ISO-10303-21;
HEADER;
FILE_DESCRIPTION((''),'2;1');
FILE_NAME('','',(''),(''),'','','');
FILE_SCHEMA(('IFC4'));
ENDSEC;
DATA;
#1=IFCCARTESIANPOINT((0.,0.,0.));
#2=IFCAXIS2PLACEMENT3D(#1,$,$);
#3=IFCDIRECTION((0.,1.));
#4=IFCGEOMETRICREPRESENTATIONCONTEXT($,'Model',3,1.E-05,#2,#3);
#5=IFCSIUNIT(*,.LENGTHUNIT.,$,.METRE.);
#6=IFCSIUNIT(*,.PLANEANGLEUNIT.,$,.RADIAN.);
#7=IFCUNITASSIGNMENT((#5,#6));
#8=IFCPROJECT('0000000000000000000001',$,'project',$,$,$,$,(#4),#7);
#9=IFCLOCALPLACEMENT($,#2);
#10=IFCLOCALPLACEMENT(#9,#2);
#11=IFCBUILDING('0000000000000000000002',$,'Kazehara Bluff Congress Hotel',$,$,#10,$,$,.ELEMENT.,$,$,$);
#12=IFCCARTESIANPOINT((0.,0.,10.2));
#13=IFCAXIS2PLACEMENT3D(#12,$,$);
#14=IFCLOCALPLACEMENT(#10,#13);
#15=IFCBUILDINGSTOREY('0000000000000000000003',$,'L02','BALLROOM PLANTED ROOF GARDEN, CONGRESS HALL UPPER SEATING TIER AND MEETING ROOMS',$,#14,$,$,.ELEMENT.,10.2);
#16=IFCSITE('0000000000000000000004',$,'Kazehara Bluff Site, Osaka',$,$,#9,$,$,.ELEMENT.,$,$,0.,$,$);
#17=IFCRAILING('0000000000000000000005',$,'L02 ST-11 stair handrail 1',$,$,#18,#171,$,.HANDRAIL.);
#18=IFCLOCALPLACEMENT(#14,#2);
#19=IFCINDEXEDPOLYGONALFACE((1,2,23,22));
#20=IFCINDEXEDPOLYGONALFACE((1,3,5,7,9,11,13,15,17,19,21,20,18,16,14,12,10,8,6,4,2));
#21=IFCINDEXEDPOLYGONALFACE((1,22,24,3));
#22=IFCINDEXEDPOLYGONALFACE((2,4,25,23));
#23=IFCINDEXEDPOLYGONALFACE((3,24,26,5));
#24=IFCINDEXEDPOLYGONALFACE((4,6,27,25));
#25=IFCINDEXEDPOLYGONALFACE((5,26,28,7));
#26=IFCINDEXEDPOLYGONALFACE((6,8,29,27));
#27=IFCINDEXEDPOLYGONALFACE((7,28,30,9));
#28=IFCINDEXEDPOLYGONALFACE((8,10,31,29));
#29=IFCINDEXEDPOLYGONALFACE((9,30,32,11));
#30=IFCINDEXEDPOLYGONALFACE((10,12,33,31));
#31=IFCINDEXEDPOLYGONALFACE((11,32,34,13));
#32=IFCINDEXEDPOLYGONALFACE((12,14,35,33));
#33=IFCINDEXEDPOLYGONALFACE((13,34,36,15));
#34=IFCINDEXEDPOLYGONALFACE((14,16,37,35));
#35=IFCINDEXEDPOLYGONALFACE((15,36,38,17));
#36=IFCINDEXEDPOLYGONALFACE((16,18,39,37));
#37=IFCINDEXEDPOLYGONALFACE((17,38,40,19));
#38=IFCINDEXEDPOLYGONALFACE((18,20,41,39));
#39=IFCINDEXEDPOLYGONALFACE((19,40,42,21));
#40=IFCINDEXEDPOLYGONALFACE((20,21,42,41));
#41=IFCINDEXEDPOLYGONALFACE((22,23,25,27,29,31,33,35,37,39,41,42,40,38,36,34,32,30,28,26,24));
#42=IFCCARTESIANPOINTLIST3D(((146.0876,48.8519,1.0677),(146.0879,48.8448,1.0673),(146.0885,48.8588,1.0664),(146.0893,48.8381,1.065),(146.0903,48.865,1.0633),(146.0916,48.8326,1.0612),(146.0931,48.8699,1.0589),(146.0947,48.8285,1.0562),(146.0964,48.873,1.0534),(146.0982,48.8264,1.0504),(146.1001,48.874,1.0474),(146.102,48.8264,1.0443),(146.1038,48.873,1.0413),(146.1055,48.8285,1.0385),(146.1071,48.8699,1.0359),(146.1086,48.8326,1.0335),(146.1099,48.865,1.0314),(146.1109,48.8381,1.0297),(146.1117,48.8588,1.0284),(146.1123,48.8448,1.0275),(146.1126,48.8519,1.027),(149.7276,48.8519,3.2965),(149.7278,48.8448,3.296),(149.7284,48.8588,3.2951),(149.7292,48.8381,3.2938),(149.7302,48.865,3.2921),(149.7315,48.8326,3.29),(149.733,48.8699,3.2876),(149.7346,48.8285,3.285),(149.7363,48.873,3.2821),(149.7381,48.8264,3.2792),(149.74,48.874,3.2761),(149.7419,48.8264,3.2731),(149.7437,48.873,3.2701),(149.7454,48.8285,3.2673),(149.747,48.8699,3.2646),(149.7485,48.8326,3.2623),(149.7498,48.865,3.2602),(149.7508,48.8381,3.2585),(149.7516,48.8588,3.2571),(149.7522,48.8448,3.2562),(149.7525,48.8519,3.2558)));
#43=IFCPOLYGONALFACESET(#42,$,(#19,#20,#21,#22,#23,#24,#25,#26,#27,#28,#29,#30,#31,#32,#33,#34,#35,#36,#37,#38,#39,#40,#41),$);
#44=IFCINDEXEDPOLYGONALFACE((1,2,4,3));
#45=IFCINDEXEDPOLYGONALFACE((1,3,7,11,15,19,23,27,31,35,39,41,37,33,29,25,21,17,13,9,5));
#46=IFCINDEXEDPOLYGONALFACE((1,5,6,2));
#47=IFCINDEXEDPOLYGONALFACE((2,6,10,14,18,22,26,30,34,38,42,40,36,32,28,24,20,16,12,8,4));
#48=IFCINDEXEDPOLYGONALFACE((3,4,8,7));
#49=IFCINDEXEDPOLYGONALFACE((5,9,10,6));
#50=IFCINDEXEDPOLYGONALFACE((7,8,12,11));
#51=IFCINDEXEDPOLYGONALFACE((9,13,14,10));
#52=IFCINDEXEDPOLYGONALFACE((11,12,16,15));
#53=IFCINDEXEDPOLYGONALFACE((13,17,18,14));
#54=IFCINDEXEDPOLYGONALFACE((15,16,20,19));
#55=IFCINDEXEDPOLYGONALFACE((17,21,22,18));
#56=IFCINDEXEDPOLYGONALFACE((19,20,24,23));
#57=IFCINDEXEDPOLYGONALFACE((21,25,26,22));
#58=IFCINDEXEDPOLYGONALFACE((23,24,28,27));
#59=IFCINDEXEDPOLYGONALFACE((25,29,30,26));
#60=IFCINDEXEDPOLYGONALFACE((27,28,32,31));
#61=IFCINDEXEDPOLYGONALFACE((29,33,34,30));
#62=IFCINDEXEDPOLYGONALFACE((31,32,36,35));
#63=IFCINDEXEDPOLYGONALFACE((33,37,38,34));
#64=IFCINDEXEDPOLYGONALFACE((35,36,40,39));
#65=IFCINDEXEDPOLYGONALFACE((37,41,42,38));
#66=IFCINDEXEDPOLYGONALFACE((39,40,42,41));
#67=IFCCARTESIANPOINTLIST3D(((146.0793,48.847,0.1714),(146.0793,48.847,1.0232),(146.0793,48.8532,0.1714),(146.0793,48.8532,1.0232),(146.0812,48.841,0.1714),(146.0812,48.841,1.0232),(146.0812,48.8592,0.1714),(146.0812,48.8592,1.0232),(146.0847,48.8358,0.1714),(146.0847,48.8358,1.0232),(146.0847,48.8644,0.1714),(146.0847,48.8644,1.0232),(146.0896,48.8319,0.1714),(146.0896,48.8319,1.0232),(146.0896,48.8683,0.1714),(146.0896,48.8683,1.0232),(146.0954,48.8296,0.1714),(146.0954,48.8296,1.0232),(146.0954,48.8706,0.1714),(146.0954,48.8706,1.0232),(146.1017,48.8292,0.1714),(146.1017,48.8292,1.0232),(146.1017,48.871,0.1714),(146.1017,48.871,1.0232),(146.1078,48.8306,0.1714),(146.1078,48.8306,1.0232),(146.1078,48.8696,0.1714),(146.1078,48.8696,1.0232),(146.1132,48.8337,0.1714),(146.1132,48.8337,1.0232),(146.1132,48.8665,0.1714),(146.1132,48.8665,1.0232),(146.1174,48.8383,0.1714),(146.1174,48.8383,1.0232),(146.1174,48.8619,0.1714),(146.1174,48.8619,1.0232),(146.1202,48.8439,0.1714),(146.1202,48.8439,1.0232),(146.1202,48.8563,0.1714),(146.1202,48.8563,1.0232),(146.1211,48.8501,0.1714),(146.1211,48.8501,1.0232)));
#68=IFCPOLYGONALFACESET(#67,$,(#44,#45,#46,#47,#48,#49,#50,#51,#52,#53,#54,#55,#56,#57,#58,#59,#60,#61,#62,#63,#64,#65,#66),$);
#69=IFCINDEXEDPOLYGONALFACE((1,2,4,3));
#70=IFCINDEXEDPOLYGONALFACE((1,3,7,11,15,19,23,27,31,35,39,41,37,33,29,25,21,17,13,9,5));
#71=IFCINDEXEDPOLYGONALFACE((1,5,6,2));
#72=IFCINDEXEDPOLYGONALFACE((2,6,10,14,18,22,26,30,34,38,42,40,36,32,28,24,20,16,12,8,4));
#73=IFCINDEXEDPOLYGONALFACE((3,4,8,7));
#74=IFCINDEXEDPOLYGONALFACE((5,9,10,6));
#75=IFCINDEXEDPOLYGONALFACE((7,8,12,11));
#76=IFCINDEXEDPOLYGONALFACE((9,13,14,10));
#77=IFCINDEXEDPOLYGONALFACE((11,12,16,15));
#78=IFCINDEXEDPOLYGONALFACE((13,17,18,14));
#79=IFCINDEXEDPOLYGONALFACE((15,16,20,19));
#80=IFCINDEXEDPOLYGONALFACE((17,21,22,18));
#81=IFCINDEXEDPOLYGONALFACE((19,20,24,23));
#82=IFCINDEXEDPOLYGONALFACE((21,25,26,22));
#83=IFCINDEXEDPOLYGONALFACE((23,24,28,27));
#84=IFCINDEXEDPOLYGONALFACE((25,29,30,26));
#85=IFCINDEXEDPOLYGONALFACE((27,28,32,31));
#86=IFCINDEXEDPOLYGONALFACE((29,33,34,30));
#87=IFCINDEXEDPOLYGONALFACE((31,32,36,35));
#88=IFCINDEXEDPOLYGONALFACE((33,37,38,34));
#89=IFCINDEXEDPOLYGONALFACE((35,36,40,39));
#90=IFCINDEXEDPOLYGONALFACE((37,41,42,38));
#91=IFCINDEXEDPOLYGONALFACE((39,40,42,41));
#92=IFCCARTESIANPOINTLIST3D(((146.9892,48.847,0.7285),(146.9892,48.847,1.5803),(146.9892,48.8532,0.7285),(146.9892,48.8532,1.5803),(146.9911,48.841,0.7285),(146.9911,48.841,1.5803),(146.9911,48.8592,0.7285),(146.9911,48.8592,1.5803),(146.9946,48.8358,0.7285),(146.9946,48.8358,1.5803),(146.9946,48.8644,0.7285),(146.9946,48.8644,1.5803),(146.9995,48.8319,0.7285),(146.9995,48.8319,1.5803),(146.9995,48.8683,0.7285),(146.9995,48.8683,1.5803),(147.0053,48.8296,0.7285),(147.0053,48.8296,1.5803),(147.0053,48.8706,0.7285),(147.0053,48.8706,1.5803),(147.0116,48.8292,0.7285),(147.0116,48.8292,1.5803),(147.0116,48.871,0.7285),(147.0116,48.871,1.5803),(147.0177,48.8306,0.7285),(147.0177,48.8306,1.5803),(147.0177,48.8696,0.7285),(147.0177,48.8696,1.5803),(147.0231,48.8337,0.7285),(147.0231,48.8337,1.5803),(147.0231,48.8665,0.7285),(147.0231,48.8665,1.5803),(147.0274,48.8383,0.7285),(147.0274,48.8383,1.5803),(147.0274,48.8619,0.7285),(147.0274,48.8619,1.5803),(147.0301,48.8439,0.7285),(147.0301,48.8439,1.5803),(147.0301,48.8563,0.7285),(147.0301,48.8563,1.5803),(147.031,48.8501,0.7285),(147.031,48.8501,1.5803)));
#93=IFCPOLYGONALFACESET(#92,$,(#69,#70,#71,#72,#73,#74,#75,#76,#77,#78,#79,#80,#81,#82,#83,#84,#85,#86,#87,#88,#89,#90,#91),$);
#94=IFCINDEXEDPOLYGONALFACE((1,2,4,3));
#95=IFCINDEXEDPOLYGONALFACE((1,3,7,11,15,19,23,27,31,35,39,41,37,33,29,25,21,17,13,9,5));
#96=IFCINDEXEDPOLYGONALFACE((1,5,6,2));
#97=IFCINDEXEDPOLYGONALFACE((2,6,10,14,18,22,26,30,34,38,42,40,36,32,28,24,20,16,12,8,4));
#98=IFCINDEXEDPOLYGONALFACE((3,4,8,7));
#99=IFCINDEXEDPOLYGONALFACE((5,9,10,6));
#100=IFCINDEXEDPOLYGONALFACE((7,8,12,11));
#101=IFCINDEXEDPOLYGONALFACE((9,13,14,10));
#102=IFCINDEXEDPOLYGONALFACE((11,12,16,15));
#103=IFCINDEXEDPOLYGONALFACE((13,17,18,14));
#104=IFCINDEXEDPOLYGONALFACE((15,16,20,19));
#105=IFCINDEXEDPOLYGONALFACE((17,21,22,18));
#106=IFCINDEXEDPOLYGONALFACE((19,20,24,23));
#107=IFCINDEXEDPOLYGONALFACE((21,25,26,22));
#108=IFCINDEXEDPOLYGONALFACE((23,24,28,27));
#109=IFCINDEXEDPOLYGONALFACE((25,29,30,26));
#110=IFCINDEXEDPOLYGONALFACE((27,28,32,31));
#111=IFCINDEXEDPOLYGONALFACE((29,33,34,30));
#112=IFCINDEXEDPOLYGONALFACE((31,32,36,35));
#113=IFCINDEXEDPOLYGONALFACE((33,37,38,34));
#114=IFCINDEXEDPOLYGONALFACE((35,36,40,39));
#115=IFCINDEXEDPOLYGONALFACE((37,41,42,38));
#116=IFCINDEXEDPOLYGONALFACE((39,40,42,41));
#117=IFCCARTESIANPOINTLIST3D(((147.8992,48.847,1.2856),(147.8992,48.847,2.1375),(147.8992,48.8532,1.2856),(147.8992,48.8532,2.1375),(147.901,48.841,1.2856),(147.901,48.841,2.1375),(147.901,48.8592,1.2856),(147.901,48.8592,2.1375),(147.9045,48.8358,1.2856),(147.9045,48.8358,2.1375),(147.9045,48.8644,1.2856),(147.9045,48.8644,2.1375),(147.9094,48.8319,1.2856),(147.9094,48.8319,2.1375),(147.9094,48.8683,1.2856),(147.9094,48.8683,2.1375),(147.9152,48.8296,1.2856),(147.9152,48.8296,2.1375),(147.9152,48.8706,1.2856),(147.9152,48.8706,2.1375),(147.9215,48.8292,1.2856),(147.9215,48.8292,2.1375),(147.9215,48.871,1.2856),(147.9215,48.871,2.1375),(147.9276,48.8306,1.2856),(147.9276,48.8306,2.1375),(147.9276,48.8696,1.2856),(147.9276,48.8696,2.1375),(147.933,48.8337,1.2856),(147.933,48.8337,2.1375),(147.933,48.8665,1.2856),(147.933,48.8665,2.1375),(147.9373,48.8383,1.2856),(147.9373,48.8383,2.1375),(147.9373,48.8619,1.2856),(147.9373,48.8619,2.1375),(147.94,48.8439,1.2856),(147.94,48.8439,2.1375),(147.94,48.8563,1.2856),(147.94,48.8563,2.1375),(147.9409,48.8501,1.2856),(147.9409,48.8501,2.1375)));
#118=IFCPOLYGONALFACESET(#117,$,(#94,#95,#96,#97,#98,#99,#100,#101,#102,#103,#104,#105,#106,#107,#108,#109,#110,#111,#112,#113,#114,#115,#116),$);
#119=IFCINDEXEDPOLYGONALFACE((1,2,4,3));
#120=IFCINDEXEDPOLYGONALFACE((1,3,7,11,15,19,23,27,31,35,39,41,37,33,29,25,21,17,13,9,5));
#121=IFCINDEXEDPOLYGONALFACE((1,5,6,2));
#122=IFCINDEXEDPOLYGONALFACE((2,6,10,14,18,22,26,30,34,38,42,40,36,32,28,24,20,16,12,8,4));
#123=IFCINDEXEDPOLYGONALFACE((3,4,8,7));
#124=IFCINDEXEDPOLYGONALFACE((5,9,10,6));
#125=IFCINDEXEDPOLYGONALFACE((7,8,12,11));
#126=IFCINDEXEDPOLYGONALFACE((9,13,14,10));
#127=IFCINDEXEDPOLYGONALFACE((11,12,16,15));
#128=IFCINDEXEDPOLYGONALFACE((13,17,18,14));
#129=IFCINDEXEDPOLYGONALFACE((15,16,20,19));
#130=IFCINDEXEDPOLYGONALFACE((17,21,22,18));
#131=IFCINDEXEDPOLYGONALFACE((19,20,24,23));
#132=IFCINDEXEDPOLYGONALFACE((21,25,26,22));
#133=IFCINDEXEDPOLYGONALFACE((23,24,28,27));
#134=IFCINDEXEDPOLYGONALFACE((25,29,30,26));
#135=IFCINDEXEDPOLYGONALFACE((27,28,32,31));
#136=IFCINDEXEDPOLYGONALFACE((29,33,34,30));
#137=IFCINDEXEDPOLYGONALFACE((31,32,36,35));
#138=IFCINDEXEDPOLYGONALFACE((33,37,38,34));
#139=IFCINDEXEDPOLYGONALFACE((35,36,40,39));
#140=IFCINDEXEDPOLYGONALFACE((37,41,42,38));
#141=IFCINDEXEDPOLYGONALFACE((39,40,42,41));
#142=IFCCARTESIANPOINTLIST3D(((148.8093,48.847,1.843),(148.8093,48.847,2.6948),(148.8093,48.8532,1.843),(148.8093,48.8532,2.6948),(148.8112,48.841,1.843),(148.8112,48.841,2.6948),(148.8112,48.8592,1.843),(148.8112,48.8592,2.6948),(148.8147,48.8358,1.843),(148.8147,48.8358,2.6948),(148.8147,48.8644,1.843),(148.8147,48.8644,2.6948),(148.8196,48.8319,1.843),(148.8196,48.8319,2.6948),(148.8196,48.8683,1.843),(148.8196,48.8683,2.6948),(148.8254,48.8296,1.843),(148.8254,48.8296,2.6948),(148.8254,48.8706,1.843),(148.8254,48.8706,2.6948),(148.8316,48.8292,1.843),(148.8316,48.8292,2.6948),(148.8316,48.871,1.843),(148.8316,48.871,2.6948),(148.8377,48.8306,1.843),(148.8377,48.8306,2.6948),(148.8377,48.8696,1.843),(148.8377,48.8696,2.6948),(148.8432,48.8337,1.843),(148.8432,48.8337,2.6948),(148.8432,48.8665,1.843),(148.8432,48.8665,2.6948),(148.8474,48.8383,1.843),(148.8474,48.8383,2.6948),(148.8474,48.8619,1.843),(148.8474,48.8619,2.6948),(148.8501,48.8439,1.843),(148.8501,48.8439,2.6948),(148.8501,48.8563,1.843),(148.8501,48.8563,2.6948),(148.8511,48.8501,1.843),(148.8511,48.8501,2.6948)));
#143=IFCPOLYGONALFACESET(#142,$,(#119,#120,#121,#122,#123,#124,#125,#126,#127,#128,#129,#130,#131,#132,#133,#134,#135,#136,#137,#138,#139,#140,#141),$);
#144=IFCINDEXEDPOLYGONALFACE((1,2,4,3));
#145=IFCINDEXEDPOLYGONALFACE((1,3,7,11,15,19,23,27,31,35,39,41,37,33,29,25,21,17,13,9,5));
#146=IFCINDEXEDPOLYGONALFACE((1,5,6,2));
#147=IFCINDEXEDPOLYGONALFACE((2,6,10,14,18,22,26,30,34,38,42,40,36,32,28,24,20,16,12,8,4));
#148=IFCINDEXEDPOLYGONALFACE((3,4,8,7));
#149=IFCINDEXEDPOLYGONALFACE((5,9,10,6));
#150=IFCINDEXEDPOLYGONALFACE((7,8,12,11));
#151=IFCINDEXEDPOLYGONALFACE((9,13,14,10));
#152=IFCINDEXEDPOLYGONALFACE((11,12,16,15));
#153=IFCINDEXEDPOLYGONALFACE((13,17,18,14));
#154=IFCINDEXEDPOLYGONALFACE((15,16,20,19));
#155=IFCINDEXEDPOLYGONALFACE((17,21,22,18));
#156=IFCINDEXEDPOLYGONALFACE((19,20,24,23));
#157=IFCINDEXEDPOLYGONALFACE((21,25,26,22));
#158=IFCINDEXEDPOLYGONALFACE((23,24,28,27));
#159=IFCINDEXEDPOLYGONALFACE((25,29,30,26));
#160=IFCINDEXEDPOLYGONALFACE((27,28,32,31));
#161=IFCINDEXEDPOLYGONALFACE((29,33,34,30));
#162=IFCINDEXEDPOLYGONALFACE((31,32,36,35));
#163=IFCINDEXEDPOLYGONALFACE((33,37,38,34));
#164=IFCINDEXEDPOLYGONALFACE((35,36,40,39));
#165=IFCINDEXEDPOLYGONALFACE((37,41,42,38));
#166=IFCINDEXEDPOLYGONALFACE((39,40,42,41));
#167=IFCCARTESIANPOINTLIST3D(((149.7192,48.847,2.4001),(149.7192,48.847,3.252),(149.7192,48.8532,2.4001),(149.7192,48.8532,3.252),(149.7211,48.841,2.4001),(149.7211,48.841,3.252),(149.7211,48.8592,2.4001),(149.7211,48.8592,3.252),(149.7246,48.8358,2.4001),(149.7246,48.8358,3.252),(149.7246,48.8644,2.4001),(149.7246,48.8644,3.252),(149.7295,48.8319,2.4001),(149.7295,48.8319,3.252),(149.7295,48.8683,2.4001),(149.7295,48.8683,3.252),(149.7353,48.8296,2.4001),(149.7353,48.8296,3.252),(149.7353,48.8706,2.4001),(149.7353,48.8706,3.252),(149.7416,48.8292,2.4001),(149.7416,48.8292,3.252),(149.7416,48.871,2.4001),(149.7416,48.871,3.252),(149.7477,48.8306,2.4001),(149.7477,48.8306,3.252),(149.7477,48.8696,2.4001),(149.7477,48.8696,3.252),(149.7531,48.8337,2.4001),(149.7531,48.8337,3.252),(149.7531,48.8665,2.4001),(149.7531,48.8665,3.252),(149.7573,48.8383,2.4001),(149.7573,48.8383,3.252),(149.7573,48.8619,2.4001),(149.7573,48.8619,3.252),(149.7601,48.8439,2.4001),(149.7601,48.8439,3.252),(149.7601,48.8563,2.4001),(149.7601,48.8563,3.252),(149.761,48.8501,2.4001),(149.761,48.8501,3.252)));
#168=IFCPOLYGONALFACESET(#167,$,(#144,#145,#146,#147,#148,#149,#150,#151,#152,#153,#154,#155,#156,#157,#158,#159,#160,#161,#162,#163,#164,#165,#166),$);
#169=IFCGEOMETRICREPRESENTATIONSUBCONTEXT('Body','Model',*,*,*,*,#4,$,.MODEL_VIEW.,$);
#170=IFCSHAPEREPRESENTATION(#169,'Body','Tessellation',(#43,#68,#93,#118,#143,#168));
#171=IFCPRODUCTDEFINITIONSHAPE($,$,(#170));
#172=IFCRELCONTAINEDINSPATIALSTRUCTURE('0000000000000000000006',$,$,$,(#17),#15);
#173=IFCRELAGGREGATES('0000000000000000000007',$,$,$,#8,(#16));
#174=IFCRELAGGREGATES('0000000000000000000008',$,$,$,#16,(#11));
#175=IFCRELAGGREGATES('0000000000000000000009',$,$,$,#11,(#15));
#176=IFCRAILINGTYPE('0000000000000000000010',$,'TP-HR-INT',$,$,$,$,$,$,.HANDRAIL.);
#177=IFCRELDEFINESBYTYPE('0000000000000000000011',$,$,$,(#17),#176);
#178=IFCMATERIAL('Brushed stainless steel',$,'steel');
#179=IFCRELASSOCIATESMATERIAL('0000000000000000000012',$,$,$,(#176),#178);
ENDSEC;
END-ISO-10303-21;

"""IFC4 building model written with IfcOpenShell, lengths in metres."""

from ifc_helpers import new_model, si_unit, direction, frame, origin, origin_2d, place, context, subcontext, project, spatial, circle, extrude, material, type_object, element, save


model = new_model("IFC4")

# Units and contexts
model_context = context("Model", 3, precision=1e-05, world=origin(), true_north=direction((0.0, 1.0)))
body_context = subcontext(model_context, "Body", "Model", "MODEL_VIEW")
ifc_project = project(units=[si_unit("LENGTHUNIT", "METRE"), si_unit("PLANEANGLEUNIT", "RADIAN")], contexts=[model_context])

# Site, building, storey
site_placement = place(None, origin())
site = spatial("IfcSite", under=ifc_project, at=site_placement, Name="Kazehara Bluff Site, Osaka", CompositionType="ELEMENT", RefElevation=0.0)
building_placement = place(site_placement, origin())
building = spatial("IfcBuilding", under=site, at=building_placement, Name="Kazehara Bluff Congress Hotel", CompositionType="ELEMENT")
storey_placement = place(building_placement, frame((0.0, 0.0, 10.2)))
storey = spatial("IfcBuildingStorey", under=building, at=storey_placement, Name="L02", Description="BALLROOM PLANTED ROOF GARDEN, CONGRESS HALL UPPER SEATING TIER AND MEETING ROOMS", CompositionType="ELEMENT", Elevation=10.2)

# Railing
ifc_material_1 = material(Name="Brushed stainless steel", Category="steel")
railing_type_1 = type_object("IfcRailingType", Name="TP-HR-INT", PredefinedType="HANDRAIL", material=ifc_material_1)
railing_1_placement = place(storey_placement, frame((146.1001, 48.8501, 0.1714)))
element("IfcRailing", 1, at=railing_1_placement, inside=storey, type_object=railing_type_1, Name="L02 ST-11 stair handrail 1", PredefinedType="HANDRAIL", context=body_context, shape_type="SweptSolid", body=[
    extrude(circle(Radius=0.0239, at=origin_2d()), frame((0.0, 0.0, 0.876), z_axis=(0.852825, 0.0, 0.522197), x_axis=(0.0, 1.0, 0.0)), (0.0, 0.0, 1.0), 4.2681),
    extrude(circle(Radius=0.021, at=origin_2d()), origin(), (0.0, 0.0, 1.0), 0.8518),
    extrude(circle(Radius=0.021, at=origin_2d()), frame((0.9099, 0.0, 0.5571)), (0.0, 0.0, 1.0), 0.8518),
    extrude(circle(Radius=0.021, at=origin_2d()), frame((1.8198, 0.0, 1.1143)), (0.0, 0.0, 1.0), 0.8518),
    extrude(circle(Radius=0.021, at=origin_2d()), frame((2.73, 0.0, 1.6716)), (0.0, 0.0, 1.0), 0.8518),
    extrude(circle(Radius=0.021, at=origin_2d()), frame((3.6399, 0.0, 2.2288)), (0.0, 0.0, 1.0), 0.8518),
])

save(model, "model.ifc")
